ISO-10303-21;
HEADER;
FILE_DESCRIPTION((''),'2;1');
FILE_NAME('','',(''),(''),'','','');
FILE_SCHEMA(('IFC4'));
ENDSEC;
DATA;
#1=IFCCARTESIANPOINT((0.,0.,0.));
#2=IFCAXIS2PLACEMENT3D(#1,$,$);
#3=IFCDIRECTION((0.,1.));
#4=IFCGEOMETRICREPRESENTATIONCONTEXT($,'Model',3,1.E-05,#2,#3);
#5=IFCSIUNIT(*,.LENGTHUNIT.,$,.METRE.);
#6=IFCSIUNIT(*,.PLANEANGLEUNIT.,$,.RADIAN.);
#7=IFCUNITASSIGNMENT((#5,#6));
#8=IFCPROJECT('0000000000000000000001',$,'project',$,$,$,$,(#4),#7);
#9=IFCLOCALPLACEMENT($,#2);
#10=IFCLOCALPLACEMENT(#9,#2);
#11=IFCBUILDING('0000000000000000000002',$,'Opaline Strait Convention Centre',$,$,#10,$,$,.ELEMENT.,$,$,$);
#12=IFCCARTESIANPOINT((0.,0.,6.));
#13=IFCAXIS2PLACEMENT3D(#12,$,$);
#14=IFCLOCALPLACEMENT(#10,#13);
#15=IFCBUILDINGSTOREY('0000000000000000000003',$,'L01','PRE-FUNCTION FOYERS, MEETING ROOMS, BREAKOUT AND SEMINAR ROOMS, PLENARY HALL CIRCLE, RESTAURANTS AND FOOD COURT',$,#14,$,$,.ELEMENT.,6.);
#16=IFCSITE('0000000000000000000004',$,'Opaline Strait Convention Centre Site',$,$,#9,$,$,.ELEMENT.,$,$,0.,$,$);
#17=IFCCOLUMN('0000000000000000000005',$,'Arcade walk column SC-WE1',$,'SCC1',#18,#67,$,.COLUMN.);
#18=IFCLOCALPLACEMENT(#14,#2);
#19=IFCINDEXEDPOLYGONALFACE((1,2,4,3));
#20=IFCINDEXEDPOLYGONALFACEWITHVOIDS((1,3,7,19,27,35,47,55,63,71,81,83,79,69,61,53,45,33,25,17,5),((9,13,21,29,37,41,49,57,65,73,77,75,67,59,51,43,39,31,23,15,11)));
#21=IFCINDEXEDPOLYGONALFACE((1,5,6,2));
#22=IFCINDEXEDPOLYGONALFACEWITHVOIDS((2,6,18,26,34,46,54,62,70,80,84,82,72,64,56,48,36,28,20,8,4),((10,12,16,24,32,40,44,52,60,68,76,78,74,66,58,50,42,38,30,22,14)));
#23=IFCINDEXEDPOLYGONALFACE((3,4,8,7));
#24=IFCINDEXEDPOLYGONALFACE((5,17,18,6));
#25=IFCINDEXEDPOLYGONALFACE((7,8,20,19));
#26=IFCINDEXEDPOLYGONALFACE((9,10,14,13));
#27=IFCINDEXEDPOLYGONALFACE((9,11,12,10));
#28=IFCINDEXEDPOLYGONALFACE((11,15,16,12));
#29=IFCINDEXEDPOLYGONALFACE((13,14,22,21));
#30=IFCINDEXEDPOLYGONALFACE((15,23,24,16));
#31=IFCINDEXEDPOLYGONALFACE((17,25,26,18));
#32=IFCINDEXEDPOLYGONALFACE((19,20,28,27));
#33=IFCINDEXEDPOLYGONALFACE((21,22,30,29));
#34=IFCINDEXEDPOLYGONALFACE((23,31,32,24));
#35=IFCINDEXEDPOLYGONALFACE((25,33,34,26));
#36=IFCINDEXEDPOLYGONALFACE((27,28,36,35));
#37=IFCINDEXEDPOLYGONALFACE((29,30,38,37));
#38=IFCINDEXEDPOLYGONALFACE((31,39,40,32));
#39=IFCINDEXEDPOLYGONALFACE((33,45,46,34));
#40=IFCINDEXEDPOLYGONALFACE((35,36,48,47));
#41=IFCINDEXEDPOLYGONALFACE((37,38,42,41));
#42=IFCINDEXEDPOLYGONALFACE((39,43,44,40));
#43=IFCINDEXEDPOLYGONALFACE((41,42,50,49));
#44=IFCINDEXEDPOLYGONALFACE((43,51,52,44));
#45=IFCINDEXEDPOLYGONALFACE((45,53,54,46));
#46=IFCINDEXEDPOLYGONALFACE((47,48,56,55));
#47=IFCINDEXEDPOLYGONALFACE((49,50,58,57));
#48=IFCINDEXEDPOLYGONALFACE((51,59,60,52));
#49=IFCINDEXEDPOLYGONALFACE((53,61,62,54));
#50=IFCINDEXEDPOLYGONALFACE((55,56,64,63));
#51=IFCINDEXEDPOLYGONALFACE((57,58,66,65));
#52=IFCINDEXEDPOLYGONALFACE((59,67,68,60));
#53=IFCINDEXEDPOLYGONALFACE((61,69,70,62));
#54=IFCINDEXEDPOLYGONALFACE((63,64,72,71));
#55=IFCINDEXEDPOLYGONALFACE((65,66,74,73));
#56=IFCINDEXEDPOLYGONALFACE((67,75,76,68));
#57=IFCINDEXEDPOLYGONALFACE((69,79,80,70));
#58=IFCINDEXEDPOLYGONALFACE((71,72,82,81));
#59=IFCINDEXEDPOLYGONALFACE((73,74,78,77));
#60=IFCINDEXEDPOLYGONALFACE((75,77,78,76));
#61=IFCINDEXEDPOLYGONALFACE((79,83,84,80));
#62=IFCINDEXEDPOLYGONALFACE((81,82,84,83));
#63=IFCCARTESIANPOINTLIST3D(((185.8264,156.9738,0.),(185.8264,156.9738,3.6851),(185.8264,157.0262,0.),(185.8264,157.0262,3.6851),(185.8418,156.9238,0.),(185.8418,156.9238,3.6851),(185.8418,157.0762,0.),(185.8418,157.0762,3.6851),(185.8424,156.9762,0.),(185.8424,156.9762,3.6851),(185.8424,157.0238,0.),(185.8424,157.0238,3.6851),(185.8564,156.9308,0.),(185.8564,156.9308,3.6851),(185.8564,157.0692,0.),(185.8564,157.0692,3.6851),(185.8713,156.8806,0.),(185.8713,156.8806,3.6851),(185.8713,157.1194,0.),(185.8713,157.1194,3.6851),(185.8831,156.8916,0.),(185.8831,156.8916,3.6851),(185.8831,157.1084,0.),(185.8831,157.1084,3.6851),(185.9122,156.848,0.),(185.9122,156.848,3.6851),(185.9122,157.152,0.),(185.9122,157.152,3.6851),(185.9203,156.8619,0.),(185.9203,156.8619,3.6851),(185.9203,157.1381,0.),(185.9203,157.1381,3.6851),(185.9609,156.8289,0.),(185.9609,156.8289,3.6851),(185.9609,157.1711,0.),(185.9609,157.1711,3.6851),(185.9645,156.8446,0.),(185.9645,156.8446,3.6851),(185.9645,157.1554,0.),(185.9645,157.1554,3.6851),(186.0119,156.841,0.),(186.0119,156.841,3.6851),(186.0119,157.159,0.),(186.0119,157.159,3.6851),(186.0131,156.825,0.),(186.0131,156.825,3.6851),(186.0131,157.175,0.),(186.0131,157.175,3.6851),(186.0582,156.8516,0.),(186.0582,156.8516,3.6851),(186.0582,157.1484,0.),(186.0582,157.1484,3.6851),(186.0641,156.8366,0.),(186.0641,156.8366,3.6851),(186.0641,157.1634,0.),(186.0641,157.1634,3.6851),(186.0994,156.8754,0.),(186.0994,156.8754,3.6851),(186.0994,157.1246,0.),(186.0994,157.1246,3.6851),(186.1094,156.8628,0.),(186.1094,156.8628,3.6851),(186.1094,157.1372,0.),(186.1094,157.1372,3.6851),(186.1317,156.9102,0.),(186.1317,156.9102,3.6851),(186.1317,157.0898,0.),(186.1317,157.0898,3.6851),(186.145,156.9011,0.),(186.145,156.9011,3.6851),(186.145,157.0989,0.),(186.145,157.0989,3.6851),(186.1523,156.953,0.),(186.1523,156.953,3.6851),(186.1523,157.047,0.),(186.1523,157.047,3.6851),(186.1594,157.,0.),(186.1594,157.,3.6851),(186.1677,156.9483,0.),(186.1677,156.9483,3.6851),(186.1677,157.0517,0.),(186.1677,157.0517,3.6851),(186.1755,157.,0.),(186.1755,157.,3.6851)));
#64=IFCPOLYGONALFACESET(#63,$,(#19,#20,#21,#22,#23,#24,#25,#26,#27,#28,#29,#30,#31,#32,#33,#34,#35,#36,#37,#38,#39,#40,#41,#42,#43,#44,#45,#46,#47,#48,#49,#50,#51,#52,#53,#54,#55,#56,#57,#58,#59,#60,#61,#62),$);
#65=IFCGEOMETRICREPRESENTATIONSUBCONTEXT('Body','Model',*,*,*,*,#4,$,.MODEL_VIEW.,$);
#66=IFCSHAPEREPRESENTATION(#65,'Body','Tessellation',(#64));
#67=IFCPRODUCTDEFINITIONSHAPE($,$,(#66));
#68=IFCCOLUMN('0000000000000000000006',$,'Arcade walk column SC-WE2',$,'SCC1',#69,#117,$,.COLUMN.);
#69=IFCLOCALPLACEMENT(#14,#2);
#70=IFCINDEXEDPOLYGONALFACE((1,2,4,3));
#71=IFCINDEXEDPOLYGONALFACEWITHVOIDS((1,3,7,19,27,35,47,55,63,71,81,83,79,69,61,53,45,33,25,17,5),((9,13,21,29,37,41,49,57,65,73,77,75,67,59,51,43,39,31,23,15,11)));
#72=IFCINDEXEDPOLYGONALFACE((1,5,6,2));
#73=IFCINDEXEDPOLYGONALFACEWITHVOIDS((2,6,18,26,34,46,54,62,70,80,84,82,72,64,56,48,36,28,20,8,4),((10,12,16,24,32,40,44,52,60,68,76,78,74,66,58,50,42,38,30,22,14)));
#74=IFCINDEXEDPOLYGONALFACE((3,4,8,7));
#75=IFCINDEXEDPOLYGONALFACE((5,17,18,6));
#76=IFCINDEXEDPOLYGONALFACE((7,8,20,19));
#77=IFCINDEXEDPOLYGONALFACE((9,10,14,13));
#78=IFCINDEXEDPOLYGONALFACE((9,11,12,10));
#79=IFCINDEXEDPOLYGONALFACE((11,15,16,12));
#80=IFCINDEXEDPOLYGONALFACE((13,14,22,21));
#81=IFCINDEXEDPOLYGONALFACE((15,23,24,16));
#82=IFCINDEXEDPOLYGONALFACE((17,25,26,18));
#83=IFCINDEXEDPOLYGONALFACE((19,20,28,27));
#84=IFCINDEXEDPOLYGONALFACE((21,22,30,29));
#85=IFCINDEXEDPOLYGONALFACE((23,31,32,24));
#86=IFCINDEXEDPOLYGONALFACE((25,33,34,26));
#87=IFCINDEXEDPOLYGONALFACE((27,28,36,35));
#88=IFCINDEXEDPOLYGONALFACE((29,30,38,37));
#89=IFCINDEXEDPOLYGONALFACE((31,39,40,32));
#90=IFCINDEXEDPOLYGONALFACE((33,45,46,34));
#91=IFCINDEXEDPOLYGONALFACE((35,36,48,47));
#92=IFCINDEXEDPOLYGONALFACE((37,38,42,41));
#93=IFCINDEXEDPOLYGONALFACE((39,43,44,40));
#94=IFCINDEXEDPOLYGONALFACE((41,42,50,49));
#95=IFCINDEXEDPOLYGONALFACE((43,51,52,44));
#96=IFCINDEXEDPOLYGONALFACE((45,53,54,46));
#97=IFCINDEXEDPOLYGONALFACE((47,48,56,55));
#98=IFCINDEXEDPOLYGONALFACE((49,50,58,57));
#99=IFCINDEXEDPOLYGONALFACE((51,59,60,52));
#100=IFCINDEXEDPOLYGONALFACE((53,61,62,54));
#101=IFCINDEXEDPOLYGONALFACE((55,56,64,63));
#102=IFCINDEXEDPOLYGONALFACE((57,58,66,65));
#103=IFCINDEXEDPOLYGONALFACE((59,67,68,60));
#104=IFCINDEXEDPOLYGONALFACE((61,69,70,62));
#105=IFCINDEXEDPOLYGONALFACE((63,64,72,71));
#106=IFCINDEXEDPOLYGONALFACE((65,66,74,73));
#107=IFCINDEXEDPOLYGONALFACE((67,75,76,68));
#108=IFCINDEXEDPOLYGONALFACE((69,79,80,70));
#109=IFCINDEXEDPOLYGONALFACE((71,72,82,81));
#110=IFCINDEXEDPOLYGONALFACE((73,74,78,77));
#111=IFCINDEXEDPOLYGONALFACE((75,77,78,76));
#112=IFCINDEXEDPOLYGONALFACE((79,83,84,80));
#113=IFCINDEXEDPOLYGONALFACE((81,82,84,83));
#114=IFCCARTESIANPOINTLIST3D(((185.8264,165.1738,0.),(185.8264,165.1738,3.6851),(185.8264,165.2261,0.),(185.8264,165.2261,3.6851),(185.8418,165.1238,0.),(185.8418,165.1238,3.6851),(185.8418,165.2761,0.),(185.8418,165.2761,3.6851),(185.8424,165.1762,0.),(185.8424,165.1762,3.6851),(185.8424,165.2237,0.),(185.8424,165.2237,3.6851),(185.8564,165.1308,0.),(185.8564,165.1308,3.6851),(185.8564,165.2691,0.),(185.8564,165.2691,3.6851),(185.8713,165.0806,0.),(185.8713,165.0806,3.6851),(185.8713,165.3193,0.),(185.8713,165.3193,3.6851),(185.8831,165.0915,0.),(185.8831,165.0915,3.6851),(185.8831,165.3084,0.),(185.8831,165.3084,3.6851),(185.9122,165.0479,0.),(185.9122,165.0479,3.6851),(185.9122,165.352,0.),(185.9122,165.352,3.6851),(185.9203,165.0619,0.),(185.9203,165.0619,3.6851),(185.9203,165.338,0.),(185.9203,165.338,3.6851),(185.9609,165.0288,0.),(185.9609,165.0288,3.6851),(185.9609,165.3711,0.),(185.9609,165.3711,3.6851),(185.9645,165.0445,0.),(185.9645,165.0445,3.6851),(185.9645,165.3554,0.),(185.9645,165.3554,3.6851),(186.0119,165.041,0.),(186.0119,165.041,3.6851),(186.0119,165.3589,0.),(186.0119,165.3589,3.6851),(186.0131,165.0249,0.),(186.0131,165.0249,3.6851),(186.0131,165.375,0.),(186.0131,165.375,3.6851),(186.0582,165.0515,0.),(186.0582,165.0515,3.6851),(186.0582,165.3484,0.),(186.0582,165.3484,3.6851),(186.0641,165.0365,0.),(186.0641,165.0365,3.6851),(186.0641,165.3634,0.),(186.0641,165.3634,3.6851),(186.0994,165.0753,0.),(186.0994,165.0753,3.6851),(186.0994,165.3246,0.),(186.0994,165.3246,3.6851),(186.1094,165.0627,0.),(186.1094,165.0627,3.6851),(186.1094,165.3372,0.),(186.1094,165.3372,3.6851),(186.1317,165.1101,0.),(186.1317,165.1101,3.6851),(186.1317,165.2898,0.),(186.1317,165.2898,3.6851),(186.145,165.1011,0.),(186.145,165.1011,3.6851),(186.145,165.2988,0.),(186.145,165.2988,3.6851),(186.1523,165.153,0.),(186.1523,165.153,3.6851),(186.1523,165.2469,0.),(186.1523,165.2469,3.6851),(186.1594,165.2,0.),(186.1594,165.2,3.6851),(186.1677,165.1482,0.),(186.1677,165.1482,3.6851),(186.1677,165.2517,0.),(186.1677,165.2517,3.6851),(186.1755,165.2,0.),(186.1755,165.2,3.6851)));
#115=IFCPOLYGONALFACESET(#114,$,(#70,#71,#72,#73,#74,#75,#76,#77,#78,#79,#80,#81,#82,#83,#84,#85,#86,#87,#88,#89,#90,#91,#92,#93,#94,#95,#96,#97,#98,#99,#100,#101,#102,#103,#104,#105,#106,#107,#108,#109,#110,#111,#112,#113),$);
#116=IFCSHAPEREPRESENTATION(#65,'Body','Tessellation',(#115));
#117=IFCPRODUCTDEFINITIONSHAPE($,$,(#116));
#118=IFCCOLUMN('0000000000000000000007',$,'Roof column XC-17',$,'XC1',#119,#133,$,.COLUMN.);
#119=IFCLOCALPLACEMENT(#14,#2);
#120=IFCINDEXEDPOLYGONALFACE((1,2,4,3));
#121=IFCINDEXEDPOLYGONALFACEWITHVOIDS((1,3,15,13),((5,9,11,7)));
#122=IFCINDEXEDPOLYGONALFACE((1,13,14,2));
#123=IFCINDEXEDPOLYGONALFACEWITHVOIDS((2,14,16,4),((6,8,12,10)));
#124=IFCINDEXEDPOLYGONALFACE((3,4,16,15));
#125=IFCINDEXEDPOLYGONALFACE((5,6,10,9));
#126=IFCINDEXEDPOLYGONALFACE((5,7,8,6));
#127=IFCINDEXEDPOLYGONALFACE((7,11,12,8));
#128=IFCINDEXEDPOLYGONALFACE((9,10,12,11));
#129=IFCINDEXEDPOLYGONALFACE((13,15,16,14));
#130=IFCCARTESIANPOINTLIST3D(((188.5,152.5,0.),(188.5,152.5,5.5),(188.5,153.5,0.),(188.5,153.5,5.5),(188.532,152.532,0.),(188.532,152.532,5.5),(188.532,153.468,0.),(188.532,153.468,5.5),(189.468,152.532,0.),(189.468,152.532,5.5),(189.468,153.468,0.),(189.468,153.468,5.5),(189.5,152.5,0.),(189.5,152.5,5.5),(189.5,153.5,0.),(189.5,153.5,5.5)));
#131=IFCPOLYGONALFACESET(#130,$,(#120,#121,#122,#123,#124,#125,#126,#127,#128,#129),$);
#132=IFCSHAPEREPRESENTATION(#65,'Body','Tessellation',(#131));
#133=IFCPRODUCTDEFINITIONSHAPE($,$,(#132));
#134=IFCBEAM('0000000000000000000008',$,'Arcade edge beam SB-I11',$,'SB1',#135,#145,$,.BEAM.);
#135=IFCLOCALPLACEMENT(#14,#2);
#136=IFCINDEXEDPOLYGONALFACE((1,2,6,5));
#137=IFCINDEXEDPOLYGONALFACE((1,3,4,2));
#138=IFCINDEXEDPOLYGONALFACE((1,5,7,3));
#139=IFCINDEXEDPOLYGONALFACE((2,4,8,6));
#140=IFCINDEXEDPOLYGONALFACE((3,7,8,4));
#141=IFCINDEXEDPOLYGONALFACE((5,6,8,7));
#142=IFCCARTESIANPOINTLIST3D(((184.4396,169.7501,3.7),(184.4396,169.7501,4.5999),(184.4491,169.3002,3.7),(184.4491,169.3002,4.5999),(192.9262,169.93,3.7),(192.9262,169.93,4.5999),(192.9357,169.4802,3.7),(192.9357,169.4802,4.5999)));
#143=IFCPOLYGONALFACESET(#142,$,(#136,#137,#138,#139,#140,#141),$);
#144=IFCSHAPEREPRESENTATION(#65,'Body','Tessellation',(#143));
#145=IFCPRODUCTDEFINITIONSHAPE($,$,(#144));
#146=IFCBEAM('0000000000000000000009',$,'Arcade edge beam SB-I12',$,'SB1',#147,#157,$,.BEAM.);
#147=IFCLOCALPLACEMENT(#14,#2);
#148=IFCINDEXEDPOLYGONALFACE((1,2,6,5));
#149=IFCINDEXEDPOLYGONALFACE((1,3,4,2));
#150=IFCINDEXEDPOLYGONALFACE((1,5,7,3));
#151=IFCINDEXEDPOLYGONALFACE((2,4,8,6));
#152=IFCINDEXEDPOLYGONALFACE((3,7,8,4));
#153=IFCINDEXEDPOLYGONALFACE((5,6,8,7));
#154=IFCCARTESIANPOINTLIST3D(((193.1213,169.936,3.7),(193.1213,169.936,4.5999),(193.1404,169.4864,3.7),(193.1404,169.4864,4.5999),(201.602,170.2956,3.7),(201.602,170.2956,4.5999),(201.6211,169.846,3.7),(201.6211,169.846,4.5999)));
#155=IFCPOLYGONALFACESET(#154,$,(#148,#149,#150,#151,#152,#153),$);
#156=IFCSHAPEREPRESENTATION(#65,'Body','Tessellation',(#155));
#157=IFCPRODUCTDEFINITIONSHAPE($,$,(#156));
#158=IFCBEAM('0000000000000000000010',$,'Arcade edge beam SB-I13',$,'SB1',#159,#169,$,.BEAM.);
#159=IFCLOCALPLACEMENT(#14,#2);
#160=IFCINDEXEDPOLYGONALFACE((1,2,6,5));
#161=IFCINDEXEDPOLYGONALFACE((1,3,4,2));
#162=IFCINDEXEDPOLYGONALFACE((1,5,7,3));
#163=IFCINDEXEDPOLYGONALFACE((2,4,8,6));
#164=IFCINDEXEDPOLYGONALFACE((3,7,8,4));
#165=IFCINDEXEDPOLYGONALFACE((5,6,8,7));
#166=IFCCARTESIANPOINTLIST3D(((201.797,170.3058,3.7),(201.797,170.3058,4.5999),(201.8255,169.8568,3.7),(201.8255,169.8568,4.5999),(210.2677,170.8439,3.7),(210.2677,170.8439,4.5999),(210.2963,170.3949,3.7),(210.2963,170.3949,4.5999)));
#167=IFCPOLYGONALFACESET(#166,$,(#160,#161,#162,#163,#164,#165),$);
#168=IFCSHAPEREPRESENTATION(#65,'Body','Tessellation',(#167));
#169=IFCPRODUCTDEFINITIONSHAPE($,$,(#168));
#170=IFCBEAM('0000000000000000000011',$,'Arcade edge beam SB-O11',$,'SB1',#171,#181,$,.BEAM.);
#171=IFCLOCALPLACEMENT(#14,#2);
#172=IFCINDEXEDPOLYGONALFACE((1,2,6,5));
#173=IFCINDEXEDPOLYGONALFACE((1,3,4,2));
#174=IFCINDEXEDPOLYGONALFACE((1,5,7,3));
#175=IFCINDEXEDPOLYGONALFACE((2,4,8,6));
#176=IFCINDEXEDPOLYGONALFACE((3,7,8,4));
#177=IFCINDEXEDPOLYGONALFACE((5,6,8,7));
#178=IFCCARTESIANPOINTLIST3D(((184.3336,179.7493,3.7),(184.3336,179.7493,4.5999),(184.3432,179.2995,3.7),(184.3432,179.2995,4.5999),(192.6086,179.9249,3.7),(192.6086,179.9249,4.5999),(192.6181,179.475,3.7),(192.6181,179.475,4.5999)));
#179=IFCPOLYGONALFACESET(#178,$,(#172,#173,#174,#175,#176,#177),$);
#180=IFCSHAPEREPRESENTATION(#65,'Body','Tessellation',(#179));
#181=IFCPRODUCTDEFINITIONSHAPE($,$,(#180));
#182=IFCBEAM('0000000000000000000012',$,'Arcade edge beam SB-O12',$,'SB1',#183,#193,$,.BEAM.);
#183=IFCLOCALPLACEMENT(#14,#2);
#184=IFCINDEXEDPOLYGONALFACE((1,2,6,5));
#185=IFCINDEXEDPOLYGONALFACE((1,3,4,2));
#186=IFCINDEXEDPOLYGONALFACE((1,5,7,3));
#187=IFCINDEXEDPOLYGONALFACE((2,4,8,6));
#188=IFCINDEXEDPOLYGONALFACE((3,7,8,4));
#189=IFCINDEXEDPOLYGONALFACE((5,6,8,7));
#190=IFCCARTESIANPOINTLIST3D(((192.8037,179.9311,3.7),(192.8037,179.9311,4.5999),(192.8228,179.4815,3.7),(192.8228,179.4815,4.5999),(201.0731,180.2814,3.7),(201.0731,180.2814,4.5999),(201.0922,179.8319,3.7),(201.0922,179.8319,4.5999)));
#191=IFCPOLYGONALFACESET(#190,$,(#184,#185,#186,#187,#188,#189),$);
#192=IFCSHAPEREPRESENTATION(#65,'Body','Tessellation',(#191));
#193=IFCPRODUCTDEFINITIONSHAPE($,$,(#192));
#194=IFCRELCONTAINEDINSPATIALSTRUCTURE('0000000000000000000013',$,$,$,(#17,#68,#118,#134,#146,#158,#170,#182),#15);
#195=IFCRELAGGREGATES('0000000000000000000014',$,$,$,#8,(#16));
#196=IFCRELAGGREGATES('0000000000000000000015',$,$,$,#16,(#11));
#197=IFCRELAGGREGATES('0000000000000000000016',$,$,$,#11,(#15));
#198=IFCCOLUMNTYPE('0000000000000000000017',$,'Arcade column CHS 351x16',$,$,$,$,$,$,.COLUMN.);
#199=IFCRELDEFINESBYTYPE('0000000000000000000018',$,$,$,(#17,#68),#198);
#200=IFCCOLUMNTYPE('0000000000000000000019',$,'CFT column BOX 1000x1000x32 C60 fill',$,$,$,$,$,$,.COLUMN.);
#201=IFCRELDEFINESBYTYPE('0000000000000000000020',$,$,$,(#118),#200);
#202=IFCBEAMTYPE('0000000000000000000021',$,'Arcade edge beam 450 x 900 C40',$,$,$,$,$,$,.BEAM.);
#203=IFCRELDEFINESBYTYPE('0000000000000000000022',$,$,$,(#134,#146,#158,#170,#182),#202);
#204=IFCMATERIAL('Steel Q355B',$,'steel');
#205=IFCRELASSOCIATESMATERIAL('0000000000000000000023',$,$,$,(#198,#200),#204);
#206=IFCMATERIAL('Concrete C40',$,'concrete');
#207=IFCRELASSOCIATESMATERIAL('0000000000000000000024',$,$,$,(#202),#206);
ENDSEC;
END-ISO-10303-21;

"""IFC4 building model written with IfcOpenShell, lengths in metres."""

from ifc_helpers import new_model, si_unit, direction, frame, origin, origin_2d, place, context, subcontext, project, spatial, rectangle, hollow_rectangle, hollow_circle, extrude, material, material_profile, profile_set, type_object, element, save


model = new_model("IFC4")

# Units and contexts
model_context = context("Model", 3, precision=1e-05, world=origin(), true_north=direction((0.0, 1.0)))
body_context = subcontext(model_context, "Body", "Model", "MODEL_VIEW")
ifc_project = project(units=[si_unit("LENGTHUNIT", "METRE"), si_unit("PLANEANGLEUNIT", "RADIAN")], contexts=[model_context])

# Site, building, storey
site_placement = place(None, origin())
site = spatial("IfcSite", under=ifc_project, at=site_placement, Name="Opaline Strait Convention Centre Site", CompositionType="ELEMENT", RefElevation=0.0)
building_placement = place(site_placement, origin())
building = spatial("IfcBuilding", under=site, at=building_placement, Name="Opaline Strait Convention Centre", CompositionType="ELEMENT")
storey_placement = place(building_placement, frame((0.0, 0.0, 6.0)))
storey = spatial("IfcBuildingStorey", under=building, at=storey_placement, Name="L01", Description="PRE-FUNCTION FOYERS, MEETING ROOMS, BREAKOUT AND SEMINAR ROOMS, PLENARY HALL CIRCLE, RESTAURANTS AND FOOD COURT", CompositionType="ELEMENT", Elevation=6.0)

# Columns
ifc_material_1 = material(Name="Steel Q355B", Category="steel")
ifc_material_profile_1 = material_profile(ifc_material_1, hollow_circle(Radius=0.1755, WallThickness=0.0161, at=origin_2d()), Name="CHS 351x16")
ifc_profile_set_1 = profile_set([ifc_material_profile_1], Name="Steel Q355B")
column_type_1 = type_object("IfcColumnType", Name="Arcade column CHS 351x16", PredefinedType="COLUMN", material=ifc_profile_set_1)
for number, where, z_axis, x_axis, name in (
    (1, (186.0, 157.0, 0.0), (0.0, 0.0, 1.0), (1.0, 0.0, 0.0), "Arcade walk column SC-WE1"),
    (2, (186.0, 165.2, 0.0), (0.0, 0.0, 1.0), (1.0, 0.0, 0.0), "Arcade walk column SC-WE2"),
):
    element("IfcColumn", number, at=place(storey_placement, frame(where, z_axis=z_axis, x_axis=x_axis)), inside=storey, type_object=column_type_1, Name=name, ObjectType="SCC1", PredefinedType="COLUMN", context=body_context, shape_type="SweptSolid", body=[
        extrude(hollow_circle(Radius=0.1755, WallThickness=0.0161, at=origin_2d()), origin(), (0.0, 0.0, 1.0), 3.6851),
    ])
ifc_material_profile_2 = material_profile(ifc_material_1, hollow_rectangle(XDim=1.0, YDim=1.0, WallThickness=0.032, at=origin_2d()), Name="BOX 1000x1000x32")
ifc_profile_set_2 = profile_set([ifc_material_profile_2], Name="Steel Q355B")
column_type_2 = type_object("IfcColumnType", Name="CFT column BOX 1000x1000x32 C60 fill", PredefinedType="COLUMN", material=ifc_profile_set_2)
column_placement = place(storey_placement, frame((189.0, 153.0, 0.0), z_axis=(0.0, 0.0, 1.0), x_axis=(1.0, 0.0, 0.0)))
element("IfcColumn", 3, at=column_placement, inside=storey, type_object=column_type_2, Name="Roof column XC-17", ObjectType="XC1", PredefinedType="COLUMN", context=body_context, shape_type="SweptSolid", body=[
    extrude(hollow_rectangle(XDim=1.0, YDim=1.0, WallThickness=0.032, at=origin_2d()), origin(), (0.0, 0.0, 1.0), 5.5),
])

# Beams
ifc_material_2 = material(Name="Concrete C40", Category="concrete")
ifc_material_profile_3 = material_profile(ifc_material_2, rectangle(XDim=0.45, YDim=0.8999, at=origin_2d()), Name="RC 450x900")
ifc_profile_set_3 = profile_set([ifc_material_profile_3], Name="Concrete C40")
beam_type = type_object("IfcBeamType", Name="Arcade edge beam 450 x 900 C40", PredefinedType="BEAM", material=ifc_profile_set_3)
beam_1_placement = place(storey_placement, frame((184.4443, 169.5251, 4.1499), z_axis=(0.999775, 0.021197, 0.0), x_axis=(-0.021197, 0.999775, 0.0)))
element("IfcBeam", 4, at=beam_1_placement, inside=storey, type_object=beam_type, Name="Arcade edge beam SB-I11", ObjectType="SB1", PredefinedType="BEAM", context=body_context, shape_type="SweptSolid", body=[
    extrude(rectangle(XDim=0.45, YDim=0.8999, at=origin_2d()), origin(), (0.0, 0.0, 1.0), 8.4885),
])
beam_2_placement = place(storey_placement, frame((193.1309, 169.7112, 4.1499), z_axis=(0.999102, 0.042366, 0.0), x_axis=(-0.042366, 0.999102, 0.0)))
element("IfcBeam", 5, at=beam_2_placement, inside=storey, type_object=beam_type, Name="Arcade edge beam SB-I12", ObjectType="SB1", PredefinedType="BEAM", context=body_context, shape_type="SweptSolid", body=[
    extrude(rectangle(XDim=0.45, YDim=0.8999, at=origin_2d()), origin(), (0.0, 0.0, 1.0), 8.4883),
])
beam_3_placement = place(storey_placement, frame((201.8113, 170.0813, 4.1499), z_axis=(0.997988, 0.063395, 0.0), x_axis=(-0.063395, 0.997988, 0.0)))
element("IfcBeam", 6, at=beam_3_placement, inside=storey, type_object=beam_type, Name="Arcade edge beam SB-I13", ObjectType="SB1", PredefinedType="BEAM", context=body_context, shape_type="SweptSolid", body=[
    extrude(rectangle(XDim=0.45, YDim=0.8999, at=origin_2d()), origin(), (0.0, 0.0, 1.0), 8.4878),
])
for number, where, z_axis, x_axis, name in (
    (7, (184.3384, 179.5244, 4.1499), (0.999775, 0.021208, 0.0), (-0.021208, 0.999775, 0.0), "Arcade edge beam SB-O11"),
    (8, (192.8132, 179.7063, 4.1499), (0.999104, 0.042327, 0.0), (-0.042327, 0.999104, 0.0), "Arcade edge beam SB-O12"),
):
    element("IfcBeam", number, at=place(storey_placement, frame(where, z_axis=z_axis, x_axis=x_axis)), inside=storey, type_object=beam_type, Name=name, ObjectType="SB1", PredefinedType="BEAM", context=body_context, shape_type="SweptSolid", body=[
        extrude(rectangle(XDim=0.45, YDim=0.8999, at=origin_2d()), origin(), (0.0, 0.0, 1.0), 8.2769),
    ])

save(model, "model.ifc")
